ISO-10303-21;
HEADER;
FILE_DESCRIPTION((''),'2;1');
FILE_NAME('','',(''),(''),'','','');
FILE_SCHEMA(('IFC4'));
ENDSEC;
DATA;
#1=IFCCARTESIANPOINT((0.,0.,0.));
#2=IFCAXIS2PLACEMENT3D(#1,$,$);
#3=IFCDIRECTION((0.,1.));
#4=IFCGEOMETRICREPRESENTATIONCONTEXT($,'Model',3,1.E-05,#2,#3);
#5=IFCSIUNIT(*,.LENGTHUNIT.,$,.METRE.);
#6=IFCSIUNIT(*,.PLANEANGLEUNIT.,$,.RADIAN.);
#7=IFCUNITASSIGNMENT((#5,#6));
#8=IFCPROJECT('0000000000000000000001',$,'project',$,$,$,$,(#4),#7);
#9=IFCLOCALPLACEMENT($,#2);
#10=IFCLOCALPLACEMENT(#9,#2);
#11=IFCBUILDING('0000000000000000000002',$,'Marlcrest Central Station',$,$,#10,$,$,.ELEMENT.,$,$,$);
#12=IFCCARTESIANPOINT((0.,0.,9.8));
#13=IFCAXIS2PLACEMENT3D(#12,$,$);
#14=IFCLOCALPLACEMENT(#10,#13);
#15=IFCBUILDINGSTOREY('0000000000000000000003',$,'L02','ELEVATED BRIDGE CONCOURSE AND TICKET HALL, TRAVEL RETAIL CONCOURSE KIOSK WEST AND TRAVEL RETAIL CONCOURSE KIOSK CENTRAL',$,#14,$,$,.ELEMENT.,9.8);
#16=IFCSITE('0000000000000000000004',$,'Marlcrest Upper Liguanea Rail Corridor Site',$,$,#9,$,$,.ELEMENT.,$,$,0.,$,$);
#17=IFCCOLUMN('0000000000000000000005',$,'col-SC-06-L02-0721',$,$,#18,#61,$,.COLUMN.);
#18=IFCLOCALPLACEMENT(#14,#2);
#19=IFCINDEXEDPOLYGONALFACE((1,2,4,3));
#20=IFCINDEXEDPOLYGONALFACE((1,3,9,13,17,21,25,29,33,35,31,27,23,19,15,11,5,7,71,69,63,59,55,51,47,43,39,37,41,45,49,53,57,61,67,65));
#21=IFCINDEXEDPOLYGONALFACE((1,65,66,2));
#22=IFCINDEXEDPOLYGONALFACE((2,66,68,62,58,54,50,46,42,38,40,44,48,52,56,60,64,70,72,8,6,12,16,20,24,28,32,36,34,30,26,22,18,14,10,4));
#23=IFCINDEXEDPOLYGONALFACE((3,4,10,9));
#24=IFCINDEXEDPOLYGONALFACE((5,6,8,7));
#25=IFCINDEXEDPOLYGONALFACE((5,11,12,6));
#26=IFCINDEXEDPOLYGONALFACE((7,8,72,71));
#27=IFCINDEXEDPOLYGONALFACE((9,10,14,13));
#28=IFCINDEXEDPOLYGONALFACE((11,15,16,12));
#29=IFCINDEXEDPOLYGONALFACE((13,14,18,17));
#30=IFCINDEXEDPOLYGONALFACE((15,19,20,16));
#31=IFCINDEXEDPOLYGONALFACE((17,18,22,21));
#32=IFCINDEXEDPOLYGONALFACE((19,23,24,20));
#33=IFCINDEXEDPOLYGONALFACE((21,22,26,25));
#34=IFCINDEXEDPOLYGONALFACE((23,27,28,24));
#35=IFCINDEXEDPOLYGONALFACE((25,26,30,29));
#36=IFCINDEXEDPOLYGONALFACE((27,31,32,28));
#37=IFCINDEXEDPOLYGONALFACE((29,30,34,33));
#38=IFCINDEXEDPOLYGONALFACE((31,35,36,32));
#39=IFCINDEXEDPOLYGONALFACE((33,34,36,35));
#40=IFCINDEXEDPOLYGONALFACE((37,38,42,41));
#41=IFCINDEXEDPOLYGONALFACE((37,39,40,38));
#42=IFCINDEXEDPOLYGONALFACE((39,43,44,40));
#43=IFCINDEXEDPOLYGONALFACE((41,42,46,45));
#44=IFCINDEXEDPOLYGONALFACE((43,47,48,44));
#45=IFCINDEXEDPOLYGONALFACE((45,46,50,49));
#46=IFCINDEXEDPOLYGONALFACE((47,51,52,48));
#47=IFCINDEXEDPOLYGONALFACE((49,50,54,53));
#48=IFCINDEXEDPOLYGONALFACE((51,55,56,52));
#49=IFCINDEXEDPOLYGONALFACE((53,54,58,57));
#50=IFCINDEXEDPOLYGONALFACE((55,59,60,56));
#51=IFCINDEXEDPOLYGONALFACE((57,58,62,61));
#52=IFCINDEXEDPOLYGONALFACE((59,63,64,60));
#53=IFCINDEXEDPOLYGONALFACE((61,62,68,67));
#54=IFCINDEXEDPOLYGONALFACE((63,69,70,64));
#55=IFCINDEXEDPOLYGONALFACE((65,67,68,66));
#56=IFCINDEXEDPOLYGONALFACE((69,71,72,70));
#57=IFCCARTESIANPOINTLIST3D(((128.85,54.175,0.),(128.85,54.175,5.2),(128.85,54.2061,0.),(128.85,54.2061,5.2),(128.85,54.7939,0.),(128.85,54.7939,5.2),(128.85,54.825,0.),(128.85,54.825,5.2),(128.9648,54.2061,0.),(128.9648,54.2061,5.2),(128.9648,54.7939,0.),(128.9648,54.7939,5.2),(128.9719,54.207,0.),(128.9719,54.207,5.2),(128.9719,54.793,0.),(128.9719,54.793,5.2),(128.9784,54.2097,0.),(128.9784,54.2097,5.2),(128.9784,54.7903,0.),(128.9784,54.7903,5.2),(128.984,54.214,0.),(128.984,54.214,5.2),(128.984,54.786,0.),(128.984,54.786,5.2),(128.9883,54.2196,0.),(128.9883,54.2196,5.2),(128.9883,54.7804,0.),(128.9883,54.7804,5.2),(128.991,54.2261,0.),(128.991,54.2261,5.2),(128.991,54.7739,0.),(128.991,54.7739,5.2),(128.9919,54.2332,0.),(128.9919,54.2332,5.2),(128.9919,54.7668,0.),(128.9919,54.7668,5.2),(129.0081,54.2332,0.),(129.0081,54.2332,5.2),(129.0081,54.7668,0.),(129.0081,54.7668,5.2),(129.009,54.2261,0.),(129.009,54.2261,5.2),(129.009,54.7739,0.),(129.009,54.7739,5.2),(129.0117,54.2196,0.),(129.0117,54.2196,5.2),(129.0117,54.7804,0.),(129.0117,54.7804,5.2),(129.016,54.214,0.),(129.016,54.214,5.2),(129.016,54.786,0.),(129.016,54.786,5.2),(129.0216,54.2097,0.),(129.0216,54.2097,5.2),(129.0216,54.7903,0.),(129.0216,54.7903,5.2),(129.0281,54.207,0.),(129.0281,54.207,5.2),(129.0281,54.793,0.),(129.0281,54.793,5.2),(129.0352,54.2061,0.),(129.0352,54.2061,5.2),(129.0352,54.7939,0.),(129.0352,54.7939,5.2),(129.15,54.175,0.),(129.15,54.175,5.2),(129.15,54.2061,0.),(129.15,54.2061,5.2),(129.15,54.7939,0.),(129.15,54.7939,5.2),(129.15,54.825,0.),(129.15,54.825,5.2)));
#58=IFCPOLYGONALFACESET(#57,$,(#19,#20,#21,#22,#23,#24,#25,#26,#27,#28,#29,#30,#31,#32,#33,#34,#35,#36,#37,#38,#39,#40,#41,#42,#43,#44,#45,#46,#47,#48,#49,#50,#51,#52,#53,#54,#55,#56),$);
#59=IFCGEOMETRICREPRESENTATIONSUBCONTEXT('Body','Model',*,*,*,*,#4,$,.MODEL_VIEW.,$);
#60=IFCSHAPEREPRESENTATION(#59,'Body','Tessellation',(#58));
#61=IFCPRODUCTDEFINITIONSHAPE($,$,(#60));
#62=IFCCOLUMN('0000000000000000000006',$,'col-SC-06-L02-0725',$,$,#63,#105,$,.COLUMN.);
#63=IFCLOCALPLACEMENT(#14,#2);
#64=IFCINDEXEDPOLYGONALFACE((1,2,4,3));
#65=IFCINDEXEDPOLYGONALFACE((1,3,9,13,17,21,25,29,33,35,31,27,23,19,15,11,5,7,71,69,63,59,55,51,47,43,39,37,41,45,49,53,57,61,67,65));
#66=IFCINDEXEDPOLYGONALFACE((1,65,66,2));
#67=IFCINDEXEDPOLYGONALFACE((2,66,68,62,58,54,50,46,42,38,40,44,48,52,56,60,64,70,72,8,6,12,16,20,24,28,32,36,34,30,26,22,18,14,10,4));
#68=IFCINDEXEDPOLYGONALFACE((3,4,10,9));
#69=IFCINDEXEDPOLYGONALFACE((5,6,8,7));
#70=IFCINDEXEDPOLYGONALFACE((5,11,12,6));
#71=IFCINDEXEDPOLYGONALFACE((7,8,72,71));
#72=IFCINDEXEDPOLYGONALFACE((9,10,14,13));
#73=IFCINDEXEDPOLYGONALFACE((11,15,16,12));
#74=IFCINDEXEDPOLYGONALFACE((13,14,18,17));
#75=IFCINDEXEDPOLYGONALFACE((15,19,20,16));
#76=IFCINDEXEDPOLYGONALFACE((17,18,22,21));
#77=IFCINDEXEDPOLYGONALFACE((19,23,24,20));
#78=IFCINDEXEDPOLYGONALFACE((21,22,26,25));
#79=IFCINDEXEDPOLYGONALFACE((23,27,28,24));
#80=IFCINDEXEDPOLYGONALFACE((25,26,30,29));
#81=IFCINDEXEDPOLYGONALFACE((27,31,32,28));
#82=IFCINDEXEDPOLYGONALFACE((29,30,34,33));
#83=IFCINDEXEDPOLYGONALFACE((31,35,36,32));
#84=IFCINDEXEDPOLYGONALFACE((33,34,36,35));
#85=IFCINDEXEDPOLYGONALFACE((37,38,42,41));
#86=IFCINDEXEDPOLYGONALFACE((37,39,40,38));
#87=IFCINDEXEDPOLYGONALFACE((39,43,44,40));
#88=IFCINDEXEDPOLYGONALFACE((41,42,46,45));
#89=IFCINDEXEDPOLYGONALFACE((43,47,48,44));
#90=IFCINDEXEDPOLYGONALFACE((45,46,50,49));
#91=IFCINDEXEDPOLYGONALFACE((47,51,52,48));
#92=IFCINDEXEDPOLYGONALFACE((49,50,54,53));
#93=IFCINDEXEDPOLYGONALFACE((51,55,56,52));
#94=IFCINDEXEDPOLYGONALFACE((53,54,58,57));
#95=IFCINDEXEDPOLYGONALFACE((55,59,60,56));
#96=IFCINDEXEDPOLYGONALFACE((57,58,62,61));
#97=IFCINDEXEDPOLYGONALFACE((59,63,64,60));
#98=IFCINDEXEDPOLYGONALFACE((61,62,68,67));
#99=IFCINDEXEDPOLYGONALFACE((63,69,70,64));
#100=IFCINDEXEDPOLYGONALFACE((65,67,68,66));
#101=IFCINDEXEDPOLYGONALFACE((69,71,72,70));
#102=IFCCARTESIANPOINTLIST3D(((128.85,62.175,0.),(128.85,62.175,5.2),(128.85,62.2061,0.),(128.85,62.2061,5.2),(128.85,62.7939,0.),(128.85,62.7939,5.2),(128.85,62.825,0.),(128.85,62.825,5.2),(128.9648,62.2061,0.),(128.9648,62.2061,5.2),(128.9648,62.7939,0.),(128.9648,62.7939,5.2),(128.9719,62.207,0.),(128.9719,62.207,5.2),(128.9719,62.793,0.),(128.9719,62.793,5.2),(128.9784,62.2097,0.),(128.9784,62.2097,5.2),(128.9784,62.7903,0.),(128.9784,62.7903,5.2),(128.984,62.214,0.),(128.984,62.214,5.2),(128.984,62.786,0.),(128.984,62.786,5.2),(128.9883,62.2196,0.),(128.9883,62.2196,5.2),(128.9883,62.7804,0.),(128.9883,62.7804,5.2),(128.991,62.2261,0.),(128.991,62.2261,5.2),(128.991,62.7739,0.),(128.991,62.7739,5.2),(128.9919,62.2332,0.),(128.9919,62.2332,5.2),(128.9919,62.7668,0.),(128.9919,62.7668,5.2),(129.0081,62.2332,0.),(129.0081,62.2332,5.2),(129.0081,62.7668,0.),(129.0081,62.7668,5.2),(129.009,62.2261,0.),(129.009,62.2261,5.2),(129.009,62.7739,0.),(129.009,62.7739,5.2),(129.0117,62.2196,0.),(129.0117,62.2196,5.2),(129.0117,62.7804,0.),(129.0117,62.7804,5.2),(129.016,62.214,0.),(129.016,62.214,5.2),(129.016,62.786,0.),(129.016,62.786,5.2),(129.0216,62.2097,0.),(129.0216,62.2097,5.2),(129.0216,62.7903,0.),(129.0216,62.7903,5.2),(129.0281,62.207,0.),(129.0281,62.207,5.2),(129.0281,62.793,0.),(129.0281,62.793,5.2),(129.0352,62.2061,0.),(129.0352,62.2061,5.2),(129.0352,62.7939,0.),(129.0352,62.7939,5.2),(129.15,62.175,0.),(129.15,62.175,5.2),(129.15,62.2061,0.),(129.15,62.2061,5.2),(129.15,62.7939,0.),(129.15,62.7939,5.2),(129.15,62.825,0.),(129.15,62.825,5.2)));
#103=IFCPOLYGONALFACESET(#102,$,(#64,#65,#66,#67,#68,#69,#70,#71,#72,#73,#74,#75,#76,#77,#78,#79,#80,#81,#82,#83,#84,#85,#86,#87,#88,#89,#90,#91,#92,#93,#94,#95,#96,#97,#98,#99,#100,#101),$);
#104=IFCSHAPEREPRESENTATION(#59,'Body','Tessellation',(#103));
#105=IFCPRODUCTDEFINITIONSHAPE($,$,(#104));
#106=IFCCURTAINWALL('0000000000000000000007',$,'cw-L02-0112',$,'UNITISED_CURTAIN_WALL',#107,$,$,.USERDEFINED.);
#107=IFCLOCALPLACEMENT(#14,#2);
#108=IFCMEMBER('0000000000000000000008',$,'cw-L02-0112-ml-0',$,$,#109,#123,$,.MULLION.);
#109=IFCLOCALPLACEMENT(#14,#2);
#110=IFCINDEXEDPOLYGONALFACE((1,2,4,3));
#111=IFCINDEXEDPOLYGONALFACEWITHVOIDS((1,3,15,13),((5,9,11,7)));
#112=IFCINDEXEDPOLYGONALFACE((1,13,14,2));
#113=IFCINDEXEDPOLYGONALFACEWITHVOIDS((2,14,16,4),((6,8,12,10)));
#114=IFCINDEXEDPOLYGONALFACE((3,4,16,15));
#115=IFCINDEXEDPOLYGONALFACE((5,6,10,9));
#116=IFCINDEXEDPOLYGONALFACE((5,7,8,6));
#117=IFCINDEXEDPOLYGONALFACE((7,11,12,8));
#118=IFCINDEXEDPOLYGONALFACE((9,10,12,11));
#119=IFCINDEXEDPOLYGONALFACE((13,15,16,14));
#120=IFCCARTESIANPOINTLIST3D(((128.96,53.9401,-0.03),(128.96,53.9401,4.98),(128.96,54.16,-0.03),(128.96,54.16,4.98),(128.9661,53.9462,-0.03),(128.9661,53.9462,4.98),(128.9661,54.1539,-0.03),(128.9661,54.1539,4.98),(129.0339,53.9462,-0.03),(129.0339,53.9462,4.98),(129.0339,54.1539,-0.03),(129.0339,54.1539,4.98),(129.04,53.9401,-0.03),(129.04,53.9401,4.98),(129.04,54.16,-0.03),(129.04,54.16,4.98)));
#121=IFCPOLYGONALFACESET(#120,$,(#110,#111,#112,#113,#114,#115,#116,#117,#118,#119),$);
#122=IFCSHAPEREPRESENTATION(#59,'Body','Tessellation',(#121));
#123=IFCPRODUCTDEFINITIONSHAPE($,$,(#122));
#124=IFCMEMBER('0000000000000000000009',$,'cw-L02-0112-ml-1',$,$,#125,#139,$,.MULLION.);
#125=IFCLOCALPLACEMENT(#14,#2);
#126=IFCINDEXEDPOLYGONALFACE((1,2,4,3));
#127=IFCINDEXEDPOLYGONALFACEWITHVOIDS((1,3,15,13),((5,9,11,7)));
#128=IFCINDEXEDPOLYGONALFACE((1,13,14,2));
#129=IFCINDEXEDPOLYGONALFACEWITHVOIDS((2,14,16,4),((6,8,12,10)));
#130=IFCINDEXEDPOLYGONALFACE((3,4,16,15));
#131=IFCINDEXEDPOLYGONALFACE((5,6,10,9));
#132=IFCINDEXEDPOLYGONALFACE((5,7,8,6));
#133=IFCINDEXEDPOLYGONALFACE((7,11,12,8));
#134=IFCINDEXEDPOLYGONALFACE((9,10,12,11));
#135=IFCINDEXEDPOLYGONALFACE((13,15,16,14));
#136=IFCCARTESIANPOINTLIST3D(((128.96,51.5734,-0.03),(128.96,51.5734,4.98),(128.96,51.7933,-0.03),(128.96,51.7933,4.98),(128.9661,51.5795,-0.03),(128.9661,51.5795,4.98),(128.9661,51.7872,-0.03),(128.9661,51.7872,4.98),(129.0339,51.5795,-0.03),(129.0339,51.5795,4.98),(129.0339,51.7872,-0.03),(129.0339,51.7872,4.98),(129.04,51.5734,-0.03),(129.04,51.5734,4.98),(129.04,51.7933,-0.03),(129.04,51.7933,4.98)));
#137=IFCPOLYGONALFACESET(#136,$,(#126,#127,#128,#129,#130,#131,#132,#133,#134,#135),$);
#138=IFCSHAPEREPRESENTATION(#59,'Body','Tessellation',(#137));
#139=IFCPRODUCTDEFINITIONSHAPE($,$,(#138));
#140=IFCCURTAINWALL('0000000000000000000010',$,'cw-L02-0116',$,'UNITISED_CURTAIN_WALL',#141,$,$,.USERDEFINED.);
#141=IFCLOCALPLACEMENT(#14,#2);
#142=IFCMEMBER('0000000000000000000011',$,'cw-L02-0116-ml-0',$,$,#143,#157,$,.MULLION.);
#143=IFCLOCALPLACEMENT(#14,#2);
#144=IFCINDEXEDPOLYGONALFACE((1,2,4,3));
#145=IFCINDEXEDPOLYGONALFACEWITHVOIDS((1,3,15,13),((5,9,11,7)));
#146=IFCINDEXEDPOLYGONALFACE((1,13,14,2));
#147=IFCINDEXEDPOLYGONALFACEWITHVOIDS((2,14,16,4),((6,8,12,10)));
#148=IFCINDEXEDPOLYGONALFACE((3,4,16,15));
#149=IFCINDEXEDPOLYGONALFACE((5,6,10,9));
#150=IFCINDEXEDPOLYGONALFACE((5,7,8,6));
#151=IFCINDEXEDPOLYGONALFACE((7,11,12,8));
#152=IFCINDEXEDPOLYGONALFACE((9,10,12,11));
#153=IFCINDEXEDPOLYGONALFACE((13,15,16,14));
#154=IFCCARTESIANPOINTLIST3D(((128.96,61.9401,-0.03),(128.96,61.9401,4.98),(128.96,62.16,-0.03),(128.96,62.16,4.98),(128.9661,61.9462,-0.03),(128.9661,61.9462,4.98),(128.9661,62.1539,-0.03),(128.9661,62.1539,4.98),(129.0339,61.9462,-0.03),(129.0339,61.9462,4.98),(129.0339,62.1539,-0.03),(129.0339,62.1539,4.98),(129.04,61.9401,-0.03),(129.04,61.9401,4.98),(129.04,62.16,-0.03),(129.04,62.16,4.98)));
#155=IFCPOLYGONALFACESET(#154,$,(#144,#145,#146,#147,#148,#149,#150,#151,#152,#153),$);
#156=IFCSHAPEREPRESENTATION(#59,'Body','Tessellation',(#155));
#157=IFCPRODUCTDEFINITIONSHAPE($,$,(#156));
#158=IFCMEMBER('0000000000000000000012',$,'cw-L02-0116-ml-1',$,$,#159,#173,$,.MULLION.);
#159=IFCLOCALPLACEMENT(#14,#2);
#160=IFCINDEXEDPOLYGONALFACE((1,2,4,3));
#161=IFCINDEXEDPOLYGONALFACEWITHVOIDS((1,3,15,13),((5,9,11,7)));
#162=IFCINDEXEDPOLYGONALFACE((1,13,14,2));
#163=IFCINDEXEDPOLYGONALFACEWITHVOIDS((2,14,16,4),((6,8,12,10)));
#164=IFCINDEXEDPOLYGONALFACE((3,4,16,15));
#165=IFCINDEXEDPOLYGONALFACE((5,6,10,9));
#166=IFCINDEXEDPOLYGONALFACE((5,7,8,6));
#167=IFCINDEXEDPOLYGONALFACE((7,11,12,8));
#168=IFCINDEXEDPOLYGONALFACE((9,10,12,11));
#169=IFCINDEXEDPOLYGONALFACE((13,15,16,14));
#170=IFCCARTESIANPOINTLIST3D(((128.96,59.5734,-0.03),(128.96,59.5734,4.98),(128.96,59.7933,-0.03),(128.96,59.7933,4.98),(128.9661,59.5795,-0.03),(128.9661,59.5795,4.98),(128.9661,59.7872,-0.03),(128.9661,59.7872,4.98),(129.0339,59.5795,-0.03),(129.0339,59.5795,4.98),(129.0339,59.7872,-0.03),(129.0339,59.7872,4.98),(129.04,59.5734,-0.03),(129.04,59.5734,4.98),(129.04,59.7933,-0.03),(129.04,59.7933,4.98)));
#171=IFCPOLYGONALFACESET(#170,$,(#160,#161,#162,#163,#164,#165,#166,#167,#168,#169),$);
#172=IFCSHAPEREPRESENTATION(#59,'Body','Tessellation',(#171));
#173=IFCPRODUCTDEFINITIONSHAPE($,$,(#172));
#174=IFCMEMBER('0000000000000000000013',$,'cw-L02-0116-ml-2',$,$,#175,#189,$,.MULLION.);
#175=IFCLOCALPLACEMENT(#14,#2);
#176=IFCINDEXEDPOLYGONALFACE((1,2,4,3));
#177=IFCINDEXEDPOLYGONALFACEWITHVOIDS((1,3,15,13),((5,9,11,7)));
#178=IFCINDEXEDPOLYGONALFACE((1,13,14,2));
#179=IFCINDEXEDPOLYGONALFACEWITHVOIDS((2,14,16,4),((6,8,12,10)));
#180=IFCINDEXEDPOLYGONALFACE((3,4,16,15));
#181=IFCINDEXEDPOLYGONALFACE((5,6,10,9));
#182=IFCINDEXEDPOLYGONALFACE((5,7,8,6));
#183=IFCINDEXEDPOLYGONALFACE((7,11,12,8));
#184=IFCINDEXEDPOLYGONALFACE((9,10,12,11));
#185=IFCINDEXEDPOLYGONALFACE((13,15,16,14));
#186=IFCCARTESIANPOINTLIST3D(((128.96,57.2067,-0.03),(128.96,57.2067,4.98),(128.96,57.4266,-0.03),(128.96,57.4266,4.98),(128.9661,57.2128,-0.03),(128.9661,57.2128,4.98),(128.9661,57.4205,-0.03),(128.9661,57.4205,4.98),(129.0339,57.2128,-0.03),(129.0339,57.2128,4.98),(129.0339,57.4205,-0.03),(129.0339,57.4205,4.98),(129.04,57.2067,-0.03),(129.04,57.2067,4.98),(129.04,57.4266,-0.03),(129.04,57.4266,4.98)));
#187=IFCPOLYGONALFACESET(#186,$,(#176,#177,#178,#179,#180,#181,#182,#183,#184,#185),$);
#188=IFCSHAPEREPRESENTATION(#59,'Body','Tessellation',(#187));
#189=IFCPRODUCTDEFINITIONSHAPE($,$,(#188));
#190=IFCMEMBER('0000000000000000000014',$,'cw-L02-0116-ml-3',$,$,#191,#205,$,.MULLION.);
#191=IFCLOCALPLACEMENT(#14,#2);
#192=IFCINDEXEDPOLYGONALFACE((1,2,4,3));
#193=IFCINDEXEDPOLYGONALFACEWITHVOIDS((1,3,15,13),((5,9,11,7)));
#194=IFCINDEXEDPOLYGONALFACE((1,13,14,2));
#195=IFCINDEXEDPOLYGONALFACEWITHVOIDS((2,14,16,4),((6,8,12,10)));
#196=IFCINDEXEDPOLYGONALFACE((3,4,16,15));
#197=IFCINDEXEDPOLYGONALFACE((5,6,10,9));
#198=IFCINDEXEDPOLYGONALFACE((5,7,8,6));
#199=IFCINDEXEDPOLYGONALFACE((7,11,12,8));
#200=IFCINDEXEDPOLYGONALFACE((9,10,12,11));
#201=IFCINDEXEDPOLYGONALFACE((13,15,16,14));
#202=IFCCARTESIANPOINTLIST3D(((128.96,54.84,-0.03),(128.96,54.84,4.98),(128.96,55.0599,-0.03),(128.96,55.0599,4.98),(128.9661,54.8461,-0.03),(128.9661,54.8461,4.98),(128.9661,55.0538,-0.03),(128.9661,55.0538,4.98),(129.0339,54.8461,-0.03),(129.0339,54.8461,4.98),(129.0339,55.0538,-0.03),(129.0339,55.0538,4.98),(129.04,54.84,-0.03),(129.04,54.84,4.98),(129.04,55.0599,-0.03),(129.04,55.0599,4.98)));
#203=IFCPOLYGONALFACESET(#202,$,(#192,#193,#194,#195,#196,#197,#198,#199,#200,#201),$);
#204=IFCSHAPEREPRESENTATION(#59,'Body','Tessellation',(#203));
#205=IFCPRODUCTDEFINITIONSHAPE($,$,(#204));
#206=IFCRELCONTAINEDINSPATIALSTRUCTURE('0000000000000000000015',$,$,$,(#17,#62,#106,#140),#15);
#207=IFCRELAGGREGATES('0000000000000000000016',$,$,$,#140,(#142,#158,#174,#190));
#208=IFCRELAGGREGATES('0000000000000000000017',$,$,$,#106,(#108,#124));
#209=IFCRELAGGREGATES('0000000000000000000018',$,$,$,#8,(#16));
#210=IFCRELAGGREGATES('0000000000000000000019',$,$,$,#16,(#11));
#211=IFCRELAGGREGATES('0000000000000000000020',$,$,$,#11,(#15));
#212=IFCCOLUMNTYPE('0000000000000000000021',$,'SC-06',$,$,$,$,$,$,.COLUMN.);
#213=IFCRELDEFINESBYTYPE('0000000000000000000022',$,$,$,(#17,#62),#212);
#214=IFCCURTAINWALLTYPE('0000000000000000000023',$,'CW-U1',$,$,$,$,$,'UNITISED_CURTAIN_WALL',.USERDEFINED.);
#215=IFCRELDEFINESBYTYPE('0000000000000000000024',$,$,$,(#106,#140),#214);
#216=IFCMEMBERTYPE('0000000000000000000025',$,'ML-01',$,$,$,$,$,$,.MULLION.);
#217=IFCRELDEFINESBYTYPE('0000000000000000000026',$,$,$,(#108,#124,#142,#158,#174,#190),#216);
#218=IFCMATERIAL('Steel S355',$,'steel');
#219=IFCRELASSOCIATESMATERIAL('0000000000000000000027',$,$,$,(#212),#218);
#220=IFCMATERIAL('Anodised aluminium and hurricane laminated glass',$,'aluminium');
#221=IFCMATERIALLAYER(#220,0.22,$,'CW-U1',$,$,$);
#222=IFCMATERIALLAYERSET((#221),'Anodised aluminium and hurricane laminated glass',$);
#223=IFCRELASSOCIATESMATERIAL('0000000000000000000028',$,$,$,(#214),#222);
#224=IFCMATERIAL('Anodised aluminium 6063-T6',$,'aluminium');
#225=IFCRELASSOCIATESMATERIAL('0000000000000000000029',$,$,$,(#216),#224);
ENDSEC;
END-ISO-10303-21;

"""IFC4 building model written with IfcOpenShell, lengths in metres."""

from ifc_helpers import new_model, si_unit, direction, frame, origin, origin_2d, place, context, subcontext, project, spatial, hollow_rectangle, i_section, extrude, material, layer, layer_set, material_profile, profile_set, type_object, element, aggregate, save


model = new_model("IFC4")

# Units and contexts
model_context = context("Model", 3, precision=1e-05, world=origin(), true_north=direction((0.0, 1.0)))
body_context = subcontext(model_context, "Body", "Model", "MODEL_VIEW")
ifc_project = project(units=[si_unit("LENGTHUNIT", "METRE"), si_unit("PLANEANGLEUNIT", "RADIAN")], contexts=[model_context])

# Site, building, storey
site_placement = place(None, origin())
site = spatial("IfcSite", under=ifc_project, at=site_placement, Name="Marlcrest Upper Liguanea Rail Corridor Site", CompositionType="ELEMENT", RefElevation=0.0)
building_placement = place(site_placement, origin())
building = spatial("IfcBuilding", under=site, at=building_placement, Name="Marlcrest Central Station", CompositionType="ELEMENT")
storey_placement = place(building_placement, frame((0.0, 0.0, 9.8)))
storey = spatial("IfcBuildingStorey", under=building, at=storey_placement, Name="L02", Description="ELEVATED BRIDGE CONCOURSE AND TICKET HALL, TRAVEL RETAIL CONCOURSE KIOSK WEST AND TRAVEL RETAIL CONCOURSE KIOSK CENTRAL", CompositionType="ELEMENT", Elevation=9.8)

# Columns
ifc_material_1 = material(Name="Steel S355", Category="steel")
ifc_material_profile_1 = material_profile(ifc_material_1, i_section(OverallWidth=0.3, OverallDepth=0.6499, WebThickness=0.0161, FlangeThickness=0.031, FilletRadius=0.0271, at=origin_2d()), Name="HEB 650")
ifc_profile_set_1 = profile_set([ifc_material_profile_1], Name="Steel S355")
column_type = type_object("IfcColumnType", Name="SC-06", PredefinedType="COLUMN", material=ifc_profile_set_1)
for number, where, z_axis, x_axis, name in (
    (1, (129.0, 54.5, 0.0), (0.0, 0.0, 1.0), (1.0, 0.0, 0.0), "col-SC-06-L02-0721"),
    (2, (129.0, 62.5, 0.0), (0.0, 0.0, 1.0), (1.0, 0.0, 0.0), "col-SC-06-L02-0725"),
):
    element("IfcColumn", number, at=place(storey_placement, frame(where, z_axis=z_axis, x_axis=x_axis)), inside=storey, type_object=column_type, Name=name, PredefinedType="COLUMN", context=body_context, shape_type="SweptSolid", body=[
        extrude(i_section(OverallWidth=0.3, OverallDepth=0.6499, WebThickness=0.0161, FlangeThickness=0.031, FilletRadius=0.0271, at=origin_2d()), origin(), (0.0, 0.0, 1.0), 5.2),
    ])

# Curtain walls, members
ifc_material_2 = material(Name="Anodised aluminium and hurricane laminated glass", Category="aluminium")
ifc_layer_1 = layer(ifc_material_2, 0.22, Name="CW-U1")
ifc_layer_set_1 = layer_set([ifc_layer_1], Name="Anodised aluminium and hurricane laminated glass")
curtain_wall_type = type_object("IfcCurtainWallType", Name="CW-U1", ElementType="UNITISED_CURTAIN_WALL", PredefinedType="USERDEFINED", material=ifc_layer_set_1)
curtain_wall_1_placement = place(storey_placement, origin())
curtain_wall_1 = element("IfcCurtainWall", 3, at=curtain_wall_1_placement, inside=storey, type_object=curtain_wall_type, Name="cw-L02-0112", ObjectType="UNITISED_CURTAIN_WALL", PredefinedType="USERDEFINED")
ifc_material_3 = material(Name="Anodised aluminium 6063-T6", Category="aluminium")
ifc_material_profile_2 = material_profile(ifc_material_3, hollow_rectangle(XDim=0.0801, YDim=0.22, WallThickness=0.0061, at=origin_2d()), Name="AA-RHS 220x80x6")
ifc_profile_set_2 = profile_set([ifc_material_profile_2], Name="Anodised aluminium 6063-T6")
member_type_1 = type_object("IfcMemberType", Name="ML-01", PredefinedType="MULLION", material=ifc_profile_set_2)
member_1_placement = place(storey_placement, frame((129.0, 54.05, -0.03), z_axis=(0.0, 0.0, 1.0), x_axis=(1.0, 0.0, 0.0)))
member_1 = element("IfcMember", 4, at=member_1_placement, type_object=member_type_1, Name="cw-L02-0112-ml-0", PredefinedType="MULLION", context=body_context, shape_type="SweptSolid", body=[
    extrude(hollow_rectangle(XDim=0.0801, YDim=0.22, WallThickness=0.0061, at=origin_2d()), origin(), (0.0, 0.0, 1.0), 5.01),
])
member_2_placement = place(storey_placement, frame((129.0, 51.6833, -0.03), z_axis=(0.0, 0.0, 1.0), x_axis=(1.0, 0.0, 0.0)))
member_2 = element("IfcMember", 5, at=member_2_placement, type_object=member_type_1, Name="cw-L02-0112-ml-1", PredefinedType="MULLION", context=body_context, shape_type="SweptSolid", body=[
    extrude(hollow_rectangle(XDim=0.0801, YDim=0.22, WallThickness=0.0061, at=origin_2d()), origin(), (0.0, 0.0, 1.0), 5.01),
])
curtain_wall_2_placement = place(storey_placement, origin())
curtain_wall_2 = element("IfcCurtainWall", 6, at=curtain_wall_2_placement, inside=storey, type_object=curtain_wall_type, Name="cw-L02-0116", ObjectType="UNITISED_CURTAIN_WALL", PredefinedType="USERDEFINED")
member_3_placement = place(storey_placement, frame((129.0, 62.05, -0.03), z_axis=(0.0, 0.0, 1.0), x_axis=(1.0, 0.0, 0.0)))
member_3 = element("IfcMember", 7, at=member_3_placement, type_object=member_type_1, Name="cw-L02-0116-ml-0", PredefinedType="MULLION", context=body_context, shape_type="SweptSolid", body=[
    extrude(hollow_rectangle(XDim=0.0801, YDim=0.22, WallThickness=0.0061, at=origin_2d()), origin(), (0.0, 0.0, 1.0), 5.01),
])
member_4_placement = place(storey_placement, frame((129.0, 59.6833, -0.03), z_axis=(0.0, 0.0, 1.0), x_axis=(1.0, 0.0, 0.0)))
member_4 = element("IfcMember", 8, at=member_4_placement, type_object=member_type_1, Name="cw-L02-0116-ml-1", PredefinedType="MULLION", context=body_context, shape_type="SweptSolid", body=[
    extrude(hollow_rectangle(XDim=0.0801, YDim=0.22, WallThickness=0.0061, at=origin_2d()), origin(), (0.0, 0.0, 1.0), 5.01),
])
member_5_placement = place(storey_placement, frame((129.0, 57.3167, -0.03), z_axis=(0.0, 0.0, 1.0), x_axis=(1.0, 0.0, 0.0)))
member_5 = element("IfcMember", 9, at=member_5_placement, type_object=member_type_1, Name="cw-L02-0116-ml-2", PredefinedType="MULLION", context=body_context, shape_type="SweptSolid", body=[
    extrude(hollow_rectangle(XDim=0.0801, YDim=0.22, WallThickness=0.0061, at=origin_2d()), origin(), (0.0, 0.0, 1.0), 5.01),
])
member_6_placement = place(storey_placement, frame((129.0, 54.95, -0.03), z_axis=(0.0, 0.0, 1.0), x_axis=(1.0, 0.0, 0.0)))
member_6 = element("IfcMember", 10, at=member_6_placement, type_object=member_type_1, Name="cw-L02-0116-ml-3", PredefinedType="MULLION", context=body_context, shape_type="SweptSolid", body=[
    extrude(hollow_rectangle(XDim=0.0801, YDim=0.22, WallThickness=0.0061, at=origin_2d()), origin(), (0.0, 0.0, 1.0), 5.01),
])

aggregate(curtain_wall_2, [member_3, member_4, member_5, member_6])
aggregate(curtain_wall_1, [member_1, member_2])

save(model, "model.ifc")
